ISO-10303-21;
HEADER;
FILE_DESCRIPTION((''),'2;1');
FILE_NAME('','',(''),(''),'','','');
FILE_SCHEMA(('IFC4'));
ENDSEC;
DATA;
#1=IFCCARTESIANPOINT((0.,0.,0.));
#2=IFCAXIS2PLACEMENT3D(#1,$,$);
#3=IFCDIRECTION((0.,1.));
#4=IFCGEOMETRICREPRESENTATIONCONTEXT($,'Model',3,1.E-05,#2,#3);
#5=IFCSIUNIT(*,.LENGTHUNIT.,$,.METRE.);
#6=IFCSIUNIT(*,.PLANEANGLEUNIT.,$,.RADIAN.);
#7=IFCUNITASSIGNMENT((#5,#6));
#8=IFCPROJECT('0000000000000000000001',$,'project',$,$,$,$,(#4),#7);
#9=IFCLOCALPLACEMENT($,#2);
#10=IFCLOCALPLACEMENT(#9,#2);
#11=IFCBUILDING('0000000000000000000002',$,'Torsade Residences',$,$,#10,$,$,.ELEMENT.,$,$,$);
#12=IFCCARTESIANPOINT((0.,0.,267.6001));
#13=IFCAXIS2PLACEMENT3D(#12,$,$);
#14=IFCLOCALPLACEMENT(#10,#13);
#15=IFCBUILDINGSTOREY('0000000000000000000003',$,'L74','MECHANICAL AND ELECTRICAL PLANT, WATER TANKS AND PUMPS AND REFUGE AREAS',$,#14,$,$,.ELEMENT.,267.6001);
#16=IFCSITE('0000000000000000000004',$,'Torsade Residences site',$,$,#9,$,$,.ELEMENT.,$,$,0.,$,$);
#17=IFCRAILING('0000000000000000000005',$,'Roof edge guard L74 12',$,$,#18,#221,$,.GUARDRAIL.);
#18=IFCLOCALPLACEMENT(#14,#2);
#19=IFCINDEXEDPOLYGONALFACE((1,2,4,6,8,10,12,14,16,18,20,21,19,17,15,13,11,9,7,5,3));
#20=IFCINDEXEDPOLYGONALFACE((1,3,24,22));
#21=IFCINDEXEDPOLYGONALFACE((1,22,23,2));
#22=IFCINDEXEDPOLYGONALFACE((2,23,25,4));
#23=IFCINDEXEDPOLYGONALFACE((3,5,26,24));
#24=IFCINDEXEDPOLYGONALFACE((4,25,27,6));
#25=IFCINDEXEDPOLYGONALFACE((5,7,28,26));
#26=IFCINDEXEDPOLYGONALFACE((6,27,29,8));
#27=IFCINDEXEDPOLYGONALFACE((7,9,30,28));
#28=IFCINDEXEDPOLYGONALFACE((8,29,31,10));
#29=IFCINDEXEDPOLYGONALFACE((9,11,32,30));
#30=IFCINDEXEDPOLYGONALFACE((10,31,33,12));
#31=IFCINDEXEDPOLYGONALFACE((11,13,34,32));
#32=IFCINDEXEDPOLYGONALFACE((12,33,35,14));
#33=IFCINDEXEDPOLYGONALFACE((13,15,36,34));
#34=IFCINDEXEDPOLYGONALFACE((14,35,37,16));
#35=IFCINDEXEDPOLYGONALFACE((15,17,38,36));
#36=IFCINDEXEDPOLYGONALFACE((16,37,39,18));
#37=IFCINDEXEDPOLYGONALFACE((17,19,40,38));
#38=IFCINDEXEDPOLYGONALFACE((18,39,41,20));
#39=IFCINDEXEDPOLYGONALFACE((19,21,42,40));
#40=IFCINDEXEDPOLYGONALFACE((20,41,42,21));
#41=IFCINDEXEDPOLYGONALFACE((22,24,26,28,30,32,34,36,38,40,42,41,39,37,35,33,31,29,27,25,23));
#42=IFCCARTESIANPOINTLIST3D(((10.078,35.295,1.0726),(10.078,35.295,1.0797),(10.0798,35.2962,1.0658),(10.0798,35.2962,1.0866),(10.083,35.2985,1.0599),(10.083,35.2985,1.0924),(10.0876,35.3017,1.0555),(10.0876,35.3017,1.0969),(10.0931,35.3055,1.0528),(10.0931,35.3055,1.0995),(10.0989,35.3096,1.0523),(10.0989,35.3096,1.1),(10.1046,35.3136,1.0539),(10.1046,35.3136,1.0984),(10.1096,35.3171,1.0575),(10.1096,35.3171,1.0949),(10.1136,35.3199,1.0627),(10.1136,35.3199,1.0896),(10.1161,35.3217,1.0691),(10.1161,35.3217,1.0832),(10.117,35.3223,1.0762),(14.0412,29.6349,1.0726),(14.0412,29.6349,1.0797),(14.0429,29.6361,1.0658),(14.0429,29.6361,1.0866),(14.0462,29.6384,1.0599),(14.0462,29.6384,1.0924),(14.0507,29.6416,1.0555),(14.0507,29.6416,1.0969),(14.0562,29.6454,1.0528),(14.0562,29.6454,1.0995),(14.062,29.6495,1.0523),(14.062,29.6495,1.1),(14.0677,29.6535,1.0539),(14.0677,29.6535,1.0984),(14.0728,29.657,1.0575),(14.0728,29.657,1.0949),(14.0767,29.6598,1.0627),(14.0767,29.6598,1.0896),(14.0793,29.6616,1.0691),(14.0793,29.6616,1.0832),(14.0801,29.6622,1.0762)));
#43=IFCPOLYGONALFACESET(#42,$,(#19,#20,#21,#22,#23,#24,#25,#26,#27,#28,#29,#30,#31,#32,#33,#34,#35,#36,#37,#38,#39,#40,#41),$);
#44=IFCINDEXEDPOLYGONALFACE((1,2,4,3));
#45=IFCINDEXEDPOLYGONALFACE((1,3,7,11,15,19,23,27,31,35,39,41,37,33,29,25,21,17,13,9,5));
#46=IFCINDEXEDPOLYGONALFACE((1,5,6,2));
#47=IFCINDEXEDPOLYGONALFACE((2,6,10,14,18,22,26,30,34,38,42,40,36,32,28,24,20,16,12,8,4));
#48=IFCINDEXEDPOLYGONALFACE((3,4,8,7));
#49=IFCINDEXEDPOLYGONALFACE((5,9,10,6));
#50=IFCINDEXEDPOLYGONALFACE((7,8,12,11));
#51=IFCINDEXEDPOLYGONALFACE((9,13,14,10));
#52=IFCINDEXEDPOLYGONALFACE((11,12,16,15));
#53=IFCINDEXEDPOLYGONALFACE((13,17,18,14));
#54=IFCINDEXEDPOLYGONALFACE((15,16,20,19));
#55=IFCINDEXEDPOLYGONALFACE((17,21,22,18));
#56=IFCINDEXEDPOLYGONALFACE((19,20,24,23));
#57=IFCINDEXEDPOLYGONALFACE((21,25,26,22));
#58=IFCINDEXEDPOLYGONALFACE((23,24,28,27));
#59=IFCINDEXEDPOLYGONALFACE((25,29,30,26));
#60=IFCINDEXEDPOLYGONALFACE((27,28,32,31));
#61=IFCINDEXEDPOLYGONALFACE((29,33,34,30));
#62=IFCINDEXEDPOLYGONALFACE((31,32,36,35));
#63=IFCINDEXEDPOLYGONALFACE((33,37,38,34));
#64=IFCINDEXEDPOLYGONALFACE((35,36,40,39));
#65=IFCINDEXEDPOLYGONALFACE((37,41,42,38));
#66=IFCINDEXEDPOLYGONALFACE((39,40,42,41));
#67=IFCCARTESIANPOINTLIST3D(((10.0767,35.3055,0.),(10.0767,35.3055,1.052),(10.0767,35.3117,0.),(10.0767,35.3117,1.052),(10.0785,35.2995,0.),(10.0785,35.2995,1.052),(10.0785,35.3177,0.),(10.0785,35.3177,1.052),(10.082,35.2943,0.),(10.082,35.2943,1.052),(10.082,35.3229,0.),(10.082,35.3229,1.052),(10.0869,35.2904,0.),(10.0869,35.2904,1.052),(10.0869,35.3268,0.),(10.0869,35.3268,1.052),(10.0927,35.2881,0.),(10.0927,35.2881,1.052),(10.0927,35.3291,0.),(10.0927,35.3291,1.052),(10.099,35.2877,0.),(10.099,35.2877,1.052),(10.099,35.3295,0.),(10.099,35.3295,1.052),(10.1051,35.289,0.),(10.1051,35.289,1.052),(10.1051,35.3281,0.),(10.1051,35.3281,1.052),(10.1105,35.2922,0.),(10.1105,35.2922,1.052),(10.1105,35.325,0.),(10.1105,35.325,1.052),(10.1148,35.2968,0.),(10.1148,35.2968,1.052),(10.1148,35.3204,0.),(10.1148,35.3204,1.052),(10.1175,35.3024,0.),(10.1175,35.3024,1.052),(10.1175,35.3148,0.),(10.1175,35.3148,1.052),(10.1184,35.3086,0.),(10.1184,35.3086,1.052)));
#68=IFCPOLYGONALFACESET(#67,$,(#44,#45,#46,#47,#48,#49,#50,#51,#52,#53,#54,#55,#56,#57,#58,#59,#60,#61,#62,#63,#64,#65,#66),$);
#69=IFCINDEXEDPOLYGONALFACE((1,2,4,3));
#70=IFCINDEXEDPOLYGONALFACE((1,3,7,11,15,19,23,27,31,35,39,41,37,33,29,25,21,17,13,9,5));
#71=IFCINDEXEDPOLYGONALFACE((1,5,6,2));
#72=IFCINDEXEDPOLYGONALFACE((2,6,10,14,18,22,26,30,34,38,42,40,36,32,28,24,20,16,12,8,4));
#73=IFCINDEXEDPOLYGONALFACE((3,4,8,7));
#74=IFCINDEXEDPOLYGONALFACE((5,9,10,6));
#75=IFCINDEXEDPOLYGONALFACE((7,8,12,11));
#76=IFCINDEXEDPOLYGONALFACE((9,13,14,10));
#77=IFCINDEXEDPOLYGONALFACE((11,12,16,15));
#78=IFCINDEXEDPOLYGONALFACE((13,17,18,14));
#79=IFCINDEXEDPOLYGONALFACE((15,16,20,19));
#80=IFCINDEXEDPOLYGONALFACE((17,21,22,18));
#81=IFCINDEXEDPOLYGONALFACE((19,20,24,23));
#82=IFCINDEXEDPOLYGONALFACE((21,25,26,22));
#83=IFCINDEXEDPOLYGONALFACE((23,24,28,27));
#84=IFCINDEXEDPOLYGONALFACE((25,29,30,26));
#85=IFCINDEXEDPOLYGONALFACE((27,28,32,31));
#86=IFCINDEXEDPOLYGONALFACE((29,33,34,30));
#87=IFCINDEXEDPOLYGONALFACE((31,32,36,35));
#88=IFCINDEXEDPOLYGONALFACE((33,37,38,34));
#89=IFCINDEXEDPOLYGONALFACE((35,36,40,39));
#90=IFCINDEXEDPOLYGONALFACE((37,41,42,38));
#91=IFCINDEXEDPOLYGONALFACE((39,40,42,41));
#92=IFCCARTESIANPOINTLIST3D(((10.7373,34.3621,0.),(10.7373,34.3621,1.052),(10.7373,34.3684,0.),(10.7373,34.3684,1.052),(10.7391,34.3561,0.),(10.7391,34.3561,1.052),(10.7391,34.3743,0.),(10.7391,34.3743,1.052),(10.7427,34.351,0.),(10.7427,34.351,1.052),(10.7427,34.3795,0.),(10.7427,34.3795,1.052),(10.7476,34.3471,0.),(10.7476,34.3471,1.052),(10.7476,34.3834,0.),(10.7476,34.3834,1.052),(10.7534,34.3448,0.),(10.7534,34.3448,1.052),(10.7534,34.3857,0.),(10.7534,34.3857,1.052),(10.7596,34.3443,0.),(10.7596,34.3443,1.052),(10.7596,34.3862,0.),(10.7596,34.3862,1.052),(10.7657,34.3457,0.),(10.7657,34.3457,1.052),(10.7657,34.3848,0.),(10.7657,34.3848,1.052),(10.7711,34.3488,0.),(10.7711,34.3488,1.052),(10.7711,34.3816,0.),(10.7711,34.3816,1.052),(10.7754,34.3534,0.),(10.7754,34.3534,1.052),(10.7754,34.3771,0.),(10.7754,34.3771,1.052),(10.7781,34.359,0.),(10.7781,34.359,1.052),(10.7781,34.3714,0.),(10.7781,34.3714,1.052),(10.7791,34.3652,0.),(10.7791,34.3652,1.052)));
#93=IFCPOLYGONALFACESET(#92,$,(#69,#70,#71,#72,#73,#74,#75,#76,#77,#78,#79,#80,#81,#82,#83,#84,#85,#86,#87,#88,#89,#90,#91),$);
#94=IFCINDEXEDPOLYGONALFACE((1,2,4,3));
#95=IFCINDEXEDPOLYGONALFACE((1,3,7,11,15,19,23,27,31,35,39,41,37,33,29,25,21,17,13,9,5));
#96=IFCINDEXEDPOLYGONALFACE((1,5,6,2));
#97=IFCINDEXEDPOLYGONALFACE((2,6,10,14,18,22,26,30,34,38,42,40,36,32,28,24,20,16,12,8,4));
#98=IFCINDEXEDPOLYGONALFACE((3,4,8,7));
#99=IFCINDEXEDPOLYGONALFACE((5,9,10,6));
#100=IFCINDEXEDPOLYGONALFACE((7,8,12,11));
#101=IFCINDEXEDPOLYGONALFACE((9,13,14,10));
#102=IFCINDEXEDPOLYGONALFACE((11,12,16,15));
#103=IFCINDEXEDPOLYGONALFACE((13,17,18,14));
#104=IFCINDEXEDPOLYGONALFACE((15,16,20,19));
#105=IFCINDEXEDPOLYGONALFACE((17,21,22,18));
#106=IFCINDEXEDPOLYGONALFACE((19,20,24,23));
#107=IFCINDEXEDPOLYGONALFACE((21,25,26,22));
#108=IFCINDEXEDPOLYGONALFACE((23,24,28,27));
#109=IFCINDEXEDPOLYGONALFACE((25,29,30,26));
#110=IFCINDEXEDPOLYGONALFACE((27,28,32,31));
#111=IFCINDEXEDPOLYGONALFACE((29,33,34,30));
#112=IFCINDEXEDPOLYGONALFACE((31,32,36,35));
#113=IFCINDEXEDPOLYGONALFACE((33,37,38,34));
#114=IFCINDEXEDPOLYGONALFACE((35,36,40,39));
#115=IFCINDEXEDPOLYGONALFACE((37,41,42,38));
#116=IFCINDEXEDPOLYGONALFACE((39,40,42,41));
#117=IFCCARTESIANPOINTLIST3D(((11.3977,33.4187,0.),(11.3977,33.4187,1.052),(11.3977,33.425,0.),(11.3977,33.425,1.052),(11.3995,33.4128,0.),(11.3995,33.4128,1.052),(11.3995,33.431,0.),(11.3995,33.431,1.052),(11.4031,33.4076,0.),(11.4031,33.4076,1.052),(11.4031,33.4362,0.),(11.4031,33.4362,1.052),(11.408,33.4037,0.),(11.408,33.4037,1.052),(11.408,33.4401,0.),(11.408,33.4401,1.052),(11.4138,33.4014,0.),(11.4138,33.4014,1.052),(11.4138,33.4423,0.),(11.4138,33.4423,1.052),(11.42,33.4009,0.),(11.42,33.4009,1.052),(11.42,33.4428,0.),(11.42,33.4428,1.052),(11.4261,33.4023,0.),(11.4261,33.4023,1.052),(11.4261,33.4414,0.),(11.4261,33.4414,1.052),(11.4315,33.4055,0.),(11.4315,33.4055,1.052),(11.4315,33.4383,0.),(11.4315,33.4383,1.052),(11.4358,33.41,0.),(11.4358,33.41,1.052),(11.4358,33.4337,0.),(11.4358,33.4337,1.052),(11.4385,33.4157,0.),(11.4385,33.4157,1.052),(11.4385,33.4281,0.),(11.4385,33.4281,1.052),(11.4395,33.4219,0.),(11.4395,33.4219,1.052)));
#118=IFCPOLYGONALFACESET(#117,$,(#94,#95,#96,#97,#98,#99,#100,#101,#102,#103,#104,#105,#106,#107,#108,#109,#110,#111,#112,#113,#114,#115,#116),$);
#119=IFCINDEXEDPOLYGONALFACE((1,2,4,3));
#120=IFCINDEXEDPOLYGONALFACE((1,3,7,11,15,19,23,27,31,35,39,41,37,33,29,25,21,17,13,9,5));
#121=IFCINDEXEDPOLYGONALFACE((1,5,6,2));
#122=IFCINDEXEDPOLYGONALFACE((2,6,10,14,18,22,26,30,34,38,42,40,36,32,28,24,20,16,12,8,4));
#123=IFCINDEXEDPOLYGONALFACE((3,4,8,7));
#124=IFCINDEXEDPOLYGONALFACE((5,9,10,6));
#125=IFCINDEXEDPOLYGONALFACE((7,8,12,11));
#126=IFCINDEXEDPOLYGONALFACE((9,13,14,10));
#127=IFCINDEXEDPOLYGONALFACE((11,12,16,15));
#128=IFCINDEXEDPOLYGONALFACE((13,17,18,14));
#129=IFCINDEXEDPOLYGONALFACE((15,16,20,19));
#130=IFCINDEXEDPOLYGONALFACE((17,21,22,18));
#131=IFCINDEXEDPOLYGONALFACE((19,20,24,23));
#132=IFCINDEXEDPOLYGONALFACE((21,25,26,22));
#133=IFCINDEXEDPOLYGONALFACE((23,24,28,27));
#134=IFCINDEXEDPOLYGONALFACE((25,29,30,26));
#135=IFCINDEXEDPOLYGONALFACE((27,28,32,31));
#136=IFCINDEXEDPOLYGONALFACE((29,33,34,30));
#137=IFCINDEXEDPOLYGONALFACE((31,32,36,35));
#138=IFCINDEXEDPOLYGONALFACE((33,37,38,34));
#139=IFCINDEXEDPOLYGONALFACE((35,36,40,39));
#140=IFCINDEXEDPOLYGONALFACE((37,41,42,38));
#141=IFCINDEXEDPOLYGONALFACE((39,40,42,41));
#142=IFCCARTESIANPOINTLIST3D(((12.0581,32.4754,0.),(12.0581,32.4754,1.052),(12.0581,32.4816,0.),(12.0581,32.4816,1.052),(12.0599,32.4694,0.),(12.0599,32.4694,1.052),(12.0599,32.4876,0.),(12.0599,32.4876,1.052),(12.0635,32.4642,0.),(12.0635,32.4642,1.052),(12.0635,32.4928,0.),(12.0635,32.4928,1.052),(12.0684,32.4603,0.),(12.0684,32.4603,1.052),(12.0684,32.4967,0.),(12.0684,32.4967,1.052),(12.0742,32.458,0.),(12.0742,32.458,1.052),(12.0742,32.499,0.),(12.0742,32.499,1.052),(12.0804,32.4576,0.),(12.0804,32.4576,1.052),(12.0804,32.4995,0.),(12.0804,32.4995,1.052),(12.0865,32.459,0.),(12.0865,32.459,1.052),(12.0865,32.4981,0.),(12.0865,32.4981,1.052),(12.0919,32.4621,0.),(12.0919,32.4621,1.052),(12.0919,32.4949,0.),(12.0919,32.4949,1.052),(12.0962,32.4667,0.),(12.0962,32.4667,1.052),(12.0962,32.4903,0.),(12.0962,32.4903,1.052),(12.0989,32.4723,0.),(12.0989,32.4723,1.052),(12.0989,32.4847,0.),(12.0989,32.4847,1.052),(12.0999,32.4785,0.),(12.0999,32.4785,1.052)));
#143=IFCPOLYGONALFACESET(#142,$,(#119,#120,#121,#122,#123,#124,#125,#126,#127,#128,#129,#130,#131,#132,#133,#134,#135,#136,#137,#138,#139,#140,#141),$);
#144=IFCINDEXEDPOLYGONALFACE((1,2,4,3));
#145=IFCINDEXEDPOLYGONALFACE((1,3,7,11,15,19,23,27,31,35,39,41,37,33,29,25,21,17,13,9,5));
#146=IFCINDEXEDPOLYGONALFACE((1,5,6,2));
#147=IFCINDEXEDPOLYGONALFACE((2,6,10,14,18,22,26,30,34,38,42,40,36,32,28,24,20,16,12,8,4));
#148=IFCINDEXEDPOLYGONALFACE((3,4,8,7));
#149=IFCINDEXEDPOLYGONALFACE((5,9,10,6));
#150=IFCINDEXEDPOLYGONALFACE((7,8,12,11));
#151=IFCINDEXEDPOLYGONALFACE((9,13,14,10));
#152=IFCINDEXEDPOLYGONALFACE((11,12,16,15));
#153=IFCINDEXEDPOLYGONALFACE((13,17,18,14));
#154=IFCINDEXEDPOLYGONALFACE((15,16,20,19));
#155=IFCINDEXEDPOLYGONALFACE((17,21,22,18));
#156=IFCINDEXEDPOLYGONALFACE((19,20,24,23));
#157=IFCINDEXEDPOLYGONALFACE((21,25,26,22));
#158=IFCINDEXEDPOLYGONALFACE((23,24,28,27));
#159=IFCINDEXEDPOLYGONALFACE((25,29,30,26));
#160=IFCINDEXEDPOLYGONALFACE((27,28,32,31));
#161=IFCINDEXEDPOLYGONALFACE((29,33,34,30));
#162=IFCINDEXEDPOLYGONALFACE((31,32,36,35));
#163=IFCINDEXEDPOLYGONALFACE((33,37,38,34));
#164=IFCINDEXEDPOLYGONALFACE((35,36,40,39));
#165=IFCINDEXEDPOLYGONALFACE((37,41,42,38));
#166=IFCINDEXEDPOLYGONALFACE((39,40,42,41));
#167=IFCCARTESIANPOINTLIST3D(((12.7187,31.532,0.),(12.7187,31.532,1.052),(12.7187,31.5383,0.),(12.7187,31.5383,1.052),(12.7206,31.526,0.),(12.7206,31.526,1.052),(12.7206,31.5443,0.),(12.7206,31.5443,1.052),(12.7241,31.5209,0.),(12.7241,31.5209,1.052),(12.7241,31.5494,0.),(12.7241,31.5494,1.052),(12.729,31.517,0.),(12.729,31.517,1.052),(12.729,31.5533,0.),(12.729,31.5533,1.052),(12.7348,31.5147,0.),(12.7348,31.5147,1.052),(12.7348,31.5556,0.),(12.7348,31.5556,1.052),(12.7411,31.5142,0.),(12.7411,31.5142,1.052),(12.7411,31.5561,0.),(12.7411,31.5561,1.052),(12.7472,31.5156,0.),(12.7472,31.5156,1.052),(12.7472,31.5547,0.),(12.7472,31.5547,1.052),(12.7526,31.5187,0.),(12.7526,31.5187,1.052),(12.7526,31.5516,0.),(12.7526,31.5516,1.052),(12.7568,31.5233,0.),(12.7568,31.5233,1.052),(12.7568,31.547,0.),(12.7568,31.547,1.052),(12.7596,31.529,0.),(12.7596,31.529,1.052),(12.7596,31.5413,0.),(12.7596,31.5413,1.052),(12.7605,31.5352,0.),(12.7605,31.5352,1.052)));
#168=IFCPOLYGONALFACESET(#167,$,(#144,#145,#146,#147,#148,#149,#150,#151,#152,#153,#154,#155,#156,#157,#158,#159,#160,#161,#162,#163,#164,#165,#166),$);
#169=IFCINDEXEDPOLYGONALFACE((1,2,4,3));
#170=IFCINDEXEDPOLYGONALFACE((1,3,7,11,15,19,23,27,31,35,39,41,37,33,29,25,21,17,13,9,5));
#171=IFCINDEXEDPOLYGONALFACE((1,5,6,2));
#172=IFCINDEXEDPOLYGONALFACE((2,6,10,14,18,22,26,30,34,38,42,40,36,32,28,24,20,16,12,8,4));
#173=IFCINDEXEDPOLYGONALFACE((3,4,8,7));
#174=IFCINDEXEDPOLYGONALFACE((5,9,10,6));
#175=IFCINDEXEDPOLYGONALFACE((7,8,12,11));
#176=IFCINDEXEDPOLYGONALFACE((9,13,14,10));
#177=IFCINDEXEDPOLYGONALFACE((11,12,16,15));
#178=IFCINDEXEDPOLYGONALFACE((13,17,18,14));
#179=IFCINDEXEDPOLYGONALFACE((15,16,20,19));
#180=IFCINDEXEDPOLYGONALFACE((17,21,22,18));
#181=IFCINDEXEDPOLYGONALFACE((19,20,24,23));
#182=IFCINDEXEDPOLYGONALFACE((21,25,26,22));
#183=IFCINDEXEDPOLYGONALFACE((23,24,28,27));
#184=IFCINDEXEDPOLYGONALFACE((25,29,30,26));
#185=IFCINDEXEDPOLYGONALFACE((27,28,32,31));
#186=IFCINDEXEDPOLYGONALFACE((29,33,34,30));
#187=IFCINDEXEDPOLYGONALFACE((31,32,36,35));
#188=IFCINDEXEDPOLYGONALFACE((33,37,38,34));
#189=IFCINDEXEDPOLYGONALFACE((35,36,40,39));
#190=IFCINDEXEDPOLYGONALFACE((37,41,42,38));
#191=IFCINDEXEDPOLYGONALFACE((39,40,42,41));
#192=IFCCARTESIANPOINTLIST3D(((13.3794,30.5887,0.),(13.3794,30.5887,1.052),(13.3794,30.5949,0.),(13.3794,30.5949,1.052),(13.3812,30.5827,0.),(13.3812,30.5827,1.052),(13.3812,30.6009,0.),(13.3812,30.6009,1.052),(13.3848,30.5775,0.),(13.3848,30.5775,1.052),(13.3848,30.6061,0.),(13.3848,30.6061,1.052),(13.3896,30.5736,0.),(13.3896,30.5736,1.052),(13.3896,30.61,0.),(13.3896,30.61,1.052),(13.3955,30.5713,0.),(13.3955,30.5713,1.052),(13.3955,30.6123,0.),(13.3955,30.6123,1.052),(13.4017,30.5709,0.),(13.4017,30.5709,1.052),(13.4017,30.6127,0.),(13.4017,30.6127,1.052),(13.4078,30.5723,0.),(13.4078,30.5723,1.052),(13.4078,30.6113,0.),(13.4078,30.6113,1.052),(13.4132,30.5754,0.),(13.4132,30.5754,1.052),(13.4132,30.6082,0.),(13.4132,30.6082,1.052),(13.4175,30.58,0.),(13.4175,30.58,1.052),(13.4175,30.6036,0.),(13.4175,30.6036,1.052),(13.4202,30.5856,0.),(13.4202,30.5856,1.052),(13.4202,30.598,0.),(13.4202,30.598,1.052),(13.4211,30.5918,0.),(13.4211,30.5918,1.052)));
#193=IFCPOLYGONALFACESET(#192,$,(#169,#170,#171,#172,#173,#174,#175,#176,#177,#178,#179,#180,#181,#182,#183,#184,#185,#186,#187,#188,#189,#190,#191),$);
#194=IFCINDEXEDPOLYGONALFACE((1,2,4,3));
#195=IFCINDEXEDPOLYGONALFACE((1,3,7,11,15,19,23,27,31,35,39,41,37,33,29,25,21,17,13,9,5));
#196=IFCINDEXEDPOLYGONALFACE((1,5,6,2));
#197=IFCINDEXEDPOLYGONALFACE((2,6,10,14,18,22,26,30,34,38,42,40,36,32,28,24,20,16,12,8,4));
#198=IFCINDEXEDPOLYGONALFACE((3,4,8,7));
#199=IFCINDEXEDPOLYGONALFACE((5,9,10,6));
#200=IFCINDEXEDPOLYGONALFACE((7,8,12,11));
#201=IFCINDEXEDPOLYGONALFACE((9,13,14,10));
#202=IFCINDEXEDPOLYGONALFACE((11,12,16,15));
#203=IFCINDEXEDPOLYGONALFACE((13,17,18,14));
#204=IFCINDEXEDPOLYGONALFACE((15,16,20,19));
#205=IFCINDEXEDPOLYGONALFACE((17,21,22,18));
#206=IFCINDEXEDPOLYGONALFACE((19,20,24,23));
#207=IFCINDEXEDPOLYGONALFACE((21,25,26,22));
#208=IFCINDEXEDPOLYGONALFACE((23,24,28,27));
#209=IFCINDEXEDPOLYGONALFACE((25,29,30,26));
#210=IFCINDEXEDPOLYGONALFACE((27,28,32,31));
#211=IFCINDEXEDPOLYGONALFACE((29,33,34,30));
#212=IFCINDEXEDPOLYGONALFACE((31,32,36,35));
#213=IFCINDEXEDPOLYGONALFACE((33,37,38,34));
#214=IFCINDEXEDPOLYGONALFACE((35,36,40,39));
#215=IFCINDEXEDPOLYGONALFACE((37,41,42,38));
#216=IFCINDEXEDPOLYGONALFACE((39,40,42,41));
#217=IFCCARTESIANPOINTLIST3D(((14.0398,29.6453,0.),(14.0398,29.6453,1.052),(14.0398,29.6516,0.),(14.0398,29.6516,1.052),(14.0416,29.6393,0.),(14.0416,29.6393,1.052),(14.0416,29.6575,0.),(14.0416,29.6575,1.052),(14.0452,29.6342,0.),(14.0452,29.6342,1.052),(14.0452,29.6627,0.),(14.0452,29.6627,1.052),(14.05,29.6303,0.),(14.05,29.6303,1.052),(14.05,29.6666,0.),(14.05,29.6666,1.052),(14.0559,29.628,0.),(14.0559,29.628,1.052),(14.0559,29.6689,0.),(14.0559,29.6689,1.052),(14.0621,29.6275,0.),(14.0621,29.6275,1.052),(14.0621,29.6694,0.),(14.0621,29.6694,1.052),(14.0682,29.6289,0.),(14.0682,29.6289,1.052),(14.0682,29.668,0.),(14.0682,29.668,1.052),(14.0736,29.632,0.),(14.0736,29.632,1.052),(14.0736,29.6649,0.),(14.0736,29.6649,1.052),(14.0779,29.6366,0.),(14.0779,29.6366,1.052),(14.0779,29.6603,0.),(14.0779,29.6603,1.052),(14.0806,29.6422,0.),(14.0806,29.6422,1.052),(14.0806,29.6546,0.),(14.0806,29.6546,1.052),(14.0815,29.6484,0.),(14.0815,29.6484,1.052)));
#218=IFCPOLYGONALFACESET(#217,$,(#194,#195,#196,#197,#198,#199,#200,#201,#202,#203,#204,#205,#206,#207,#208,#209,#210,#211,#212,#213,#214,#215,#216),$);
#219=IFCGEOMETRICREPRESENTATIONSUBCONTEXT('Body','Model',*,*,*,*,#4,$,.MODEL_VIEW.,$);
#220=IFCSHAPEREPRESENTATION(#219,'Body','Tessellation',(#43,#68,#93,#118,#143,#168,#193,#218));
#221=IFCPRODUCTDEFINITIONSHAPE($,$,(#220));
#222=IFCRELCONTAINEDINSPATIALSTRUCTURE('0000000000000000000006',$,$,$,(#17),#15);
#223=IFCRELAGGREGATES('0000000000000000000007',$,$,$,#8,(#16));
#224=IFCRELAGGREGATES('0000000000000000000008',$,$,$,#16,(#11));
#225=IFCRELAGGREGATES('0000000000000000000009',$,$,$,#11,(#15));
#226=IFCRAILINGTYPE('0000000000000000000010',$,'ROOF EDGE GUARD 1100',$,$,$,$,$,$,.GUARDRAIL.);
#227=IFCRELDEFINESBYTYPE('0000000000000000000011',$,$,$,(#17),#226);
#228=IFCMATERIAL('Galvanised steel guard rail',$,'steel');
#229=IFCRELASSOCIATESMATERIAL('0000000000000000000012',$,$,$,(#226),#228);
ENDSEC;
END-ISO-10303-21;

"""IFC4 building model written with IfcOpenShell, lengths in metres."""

from ifc_helpers import new_model, si_unit, direction, frame, origin, origin_2d, place, context, subcontext, project, spatial, circle, extrude, material, type_object, element, save


model = new_model("IFC4")

# Units and contexts
model_context = context("Model", 3, precision=1e-05, world=origin(), true_north=direction((0.0, 1.0)))
body_context = subcontext(model_context, "Body", "Model", "MODEL_VIEW")
ifc_project = project(units=[si_unit("LENGTHUNIT", "METRE"), si_unit("PLANEANGLEUNIT", "RADIAN")], contexts=[model_context])

# Site, building, storey
site_placement = place(None, origin())
site = spatial("IfcSite", under=ifc_project, at=site_placement, Name="Torsade Residences site", CompositionType="ELEMENT", RefElevation=0.0)
building_placement = place(site_placement, origin())
building = spatial("IfcBuilding", under=site, at=building_placement, Name="Torsade Residences", CompositionType="ELEMENT")
storey_placement = place(building_placement, frame((0.0, 0.0, 267.6001)))
storey = spatial("IfcBuildingStorey", under=building, at=storey_placement, Name="L74", Description="MECHANICAL AND ELECTRICAL PLANT, WATER TANKS AND PUMPS AND REFUGE AREAS", CompositionType="ELEMENT", Elevation=267.6001)

# Railing
ifc_material_1 = material(Name="Galvanised steel guard rail", Category="steel")
railing_type = type_object("IfcRailingType", Name="ROOF EDGE GUARD 1100", PredefinedType="GUARDRAIL", material=ifc_material_1)
railing_placement = place(storey_placement, frame((10.0974, 35.3086, 0.0)))
element("IfcRailing", 1, at=railing_placement, inside=storey, type_object=railing_type, Name="Roof edge guard L74 12", PredefinedType="GUARDRAIL", context=body_context, shape_type="SweptSolid", body=[
    extrude(circle(Radius=0.0239, at=origin_2d()), frame((0.0, 0.0, 1.0762), z_axis=(0.573562, -0.819162, 0.0), x_axis=(0.819162, 0.573562, 0.0)), (0.0, 0.0, 1.0), 6.9097),
    extrude(circle(Radius=0.021, at=origin_2d()), origin(), (0.0, 0.0, 1.0), 1.052),
    extrude(circle(Radius=0.021, at=origin_2d()), frame((0.6606, -0.9434, 0.0)), (0.0, 0.0, 1.0), 1.052),
    extrude(circle(Radius=0.021, at=origin_2d()), frame((1.321, -1.8867, 0.0)), (0.0, 0.0, 1.0), 1.052),
    extrude(circle(Radius=0.021, at=origin_2d()), frame((1.9814, -2.8301, 0.0)), (0.0, 0.0, 1.0), 1.052),
    extrude(circle(Radius=0.021, at=origin_2d()), frame((2.6421, -3.7734, 0.0)), (0.0, 0.0, 1.0), 1.052),
    extrude(circle(Radius=0.021, at=origin_2d()), frame((3.3027, -4.7168, 0.0)), (0.0, 0.0, 1.0), 1.052),
    extrude(circle(Radius=0.021, at=origin_2d()), frame((3.9631, -5.6602, 0.0)), (0.0, 0.0, 1.0), 1.052),
])

save(model, "model.ifc")
